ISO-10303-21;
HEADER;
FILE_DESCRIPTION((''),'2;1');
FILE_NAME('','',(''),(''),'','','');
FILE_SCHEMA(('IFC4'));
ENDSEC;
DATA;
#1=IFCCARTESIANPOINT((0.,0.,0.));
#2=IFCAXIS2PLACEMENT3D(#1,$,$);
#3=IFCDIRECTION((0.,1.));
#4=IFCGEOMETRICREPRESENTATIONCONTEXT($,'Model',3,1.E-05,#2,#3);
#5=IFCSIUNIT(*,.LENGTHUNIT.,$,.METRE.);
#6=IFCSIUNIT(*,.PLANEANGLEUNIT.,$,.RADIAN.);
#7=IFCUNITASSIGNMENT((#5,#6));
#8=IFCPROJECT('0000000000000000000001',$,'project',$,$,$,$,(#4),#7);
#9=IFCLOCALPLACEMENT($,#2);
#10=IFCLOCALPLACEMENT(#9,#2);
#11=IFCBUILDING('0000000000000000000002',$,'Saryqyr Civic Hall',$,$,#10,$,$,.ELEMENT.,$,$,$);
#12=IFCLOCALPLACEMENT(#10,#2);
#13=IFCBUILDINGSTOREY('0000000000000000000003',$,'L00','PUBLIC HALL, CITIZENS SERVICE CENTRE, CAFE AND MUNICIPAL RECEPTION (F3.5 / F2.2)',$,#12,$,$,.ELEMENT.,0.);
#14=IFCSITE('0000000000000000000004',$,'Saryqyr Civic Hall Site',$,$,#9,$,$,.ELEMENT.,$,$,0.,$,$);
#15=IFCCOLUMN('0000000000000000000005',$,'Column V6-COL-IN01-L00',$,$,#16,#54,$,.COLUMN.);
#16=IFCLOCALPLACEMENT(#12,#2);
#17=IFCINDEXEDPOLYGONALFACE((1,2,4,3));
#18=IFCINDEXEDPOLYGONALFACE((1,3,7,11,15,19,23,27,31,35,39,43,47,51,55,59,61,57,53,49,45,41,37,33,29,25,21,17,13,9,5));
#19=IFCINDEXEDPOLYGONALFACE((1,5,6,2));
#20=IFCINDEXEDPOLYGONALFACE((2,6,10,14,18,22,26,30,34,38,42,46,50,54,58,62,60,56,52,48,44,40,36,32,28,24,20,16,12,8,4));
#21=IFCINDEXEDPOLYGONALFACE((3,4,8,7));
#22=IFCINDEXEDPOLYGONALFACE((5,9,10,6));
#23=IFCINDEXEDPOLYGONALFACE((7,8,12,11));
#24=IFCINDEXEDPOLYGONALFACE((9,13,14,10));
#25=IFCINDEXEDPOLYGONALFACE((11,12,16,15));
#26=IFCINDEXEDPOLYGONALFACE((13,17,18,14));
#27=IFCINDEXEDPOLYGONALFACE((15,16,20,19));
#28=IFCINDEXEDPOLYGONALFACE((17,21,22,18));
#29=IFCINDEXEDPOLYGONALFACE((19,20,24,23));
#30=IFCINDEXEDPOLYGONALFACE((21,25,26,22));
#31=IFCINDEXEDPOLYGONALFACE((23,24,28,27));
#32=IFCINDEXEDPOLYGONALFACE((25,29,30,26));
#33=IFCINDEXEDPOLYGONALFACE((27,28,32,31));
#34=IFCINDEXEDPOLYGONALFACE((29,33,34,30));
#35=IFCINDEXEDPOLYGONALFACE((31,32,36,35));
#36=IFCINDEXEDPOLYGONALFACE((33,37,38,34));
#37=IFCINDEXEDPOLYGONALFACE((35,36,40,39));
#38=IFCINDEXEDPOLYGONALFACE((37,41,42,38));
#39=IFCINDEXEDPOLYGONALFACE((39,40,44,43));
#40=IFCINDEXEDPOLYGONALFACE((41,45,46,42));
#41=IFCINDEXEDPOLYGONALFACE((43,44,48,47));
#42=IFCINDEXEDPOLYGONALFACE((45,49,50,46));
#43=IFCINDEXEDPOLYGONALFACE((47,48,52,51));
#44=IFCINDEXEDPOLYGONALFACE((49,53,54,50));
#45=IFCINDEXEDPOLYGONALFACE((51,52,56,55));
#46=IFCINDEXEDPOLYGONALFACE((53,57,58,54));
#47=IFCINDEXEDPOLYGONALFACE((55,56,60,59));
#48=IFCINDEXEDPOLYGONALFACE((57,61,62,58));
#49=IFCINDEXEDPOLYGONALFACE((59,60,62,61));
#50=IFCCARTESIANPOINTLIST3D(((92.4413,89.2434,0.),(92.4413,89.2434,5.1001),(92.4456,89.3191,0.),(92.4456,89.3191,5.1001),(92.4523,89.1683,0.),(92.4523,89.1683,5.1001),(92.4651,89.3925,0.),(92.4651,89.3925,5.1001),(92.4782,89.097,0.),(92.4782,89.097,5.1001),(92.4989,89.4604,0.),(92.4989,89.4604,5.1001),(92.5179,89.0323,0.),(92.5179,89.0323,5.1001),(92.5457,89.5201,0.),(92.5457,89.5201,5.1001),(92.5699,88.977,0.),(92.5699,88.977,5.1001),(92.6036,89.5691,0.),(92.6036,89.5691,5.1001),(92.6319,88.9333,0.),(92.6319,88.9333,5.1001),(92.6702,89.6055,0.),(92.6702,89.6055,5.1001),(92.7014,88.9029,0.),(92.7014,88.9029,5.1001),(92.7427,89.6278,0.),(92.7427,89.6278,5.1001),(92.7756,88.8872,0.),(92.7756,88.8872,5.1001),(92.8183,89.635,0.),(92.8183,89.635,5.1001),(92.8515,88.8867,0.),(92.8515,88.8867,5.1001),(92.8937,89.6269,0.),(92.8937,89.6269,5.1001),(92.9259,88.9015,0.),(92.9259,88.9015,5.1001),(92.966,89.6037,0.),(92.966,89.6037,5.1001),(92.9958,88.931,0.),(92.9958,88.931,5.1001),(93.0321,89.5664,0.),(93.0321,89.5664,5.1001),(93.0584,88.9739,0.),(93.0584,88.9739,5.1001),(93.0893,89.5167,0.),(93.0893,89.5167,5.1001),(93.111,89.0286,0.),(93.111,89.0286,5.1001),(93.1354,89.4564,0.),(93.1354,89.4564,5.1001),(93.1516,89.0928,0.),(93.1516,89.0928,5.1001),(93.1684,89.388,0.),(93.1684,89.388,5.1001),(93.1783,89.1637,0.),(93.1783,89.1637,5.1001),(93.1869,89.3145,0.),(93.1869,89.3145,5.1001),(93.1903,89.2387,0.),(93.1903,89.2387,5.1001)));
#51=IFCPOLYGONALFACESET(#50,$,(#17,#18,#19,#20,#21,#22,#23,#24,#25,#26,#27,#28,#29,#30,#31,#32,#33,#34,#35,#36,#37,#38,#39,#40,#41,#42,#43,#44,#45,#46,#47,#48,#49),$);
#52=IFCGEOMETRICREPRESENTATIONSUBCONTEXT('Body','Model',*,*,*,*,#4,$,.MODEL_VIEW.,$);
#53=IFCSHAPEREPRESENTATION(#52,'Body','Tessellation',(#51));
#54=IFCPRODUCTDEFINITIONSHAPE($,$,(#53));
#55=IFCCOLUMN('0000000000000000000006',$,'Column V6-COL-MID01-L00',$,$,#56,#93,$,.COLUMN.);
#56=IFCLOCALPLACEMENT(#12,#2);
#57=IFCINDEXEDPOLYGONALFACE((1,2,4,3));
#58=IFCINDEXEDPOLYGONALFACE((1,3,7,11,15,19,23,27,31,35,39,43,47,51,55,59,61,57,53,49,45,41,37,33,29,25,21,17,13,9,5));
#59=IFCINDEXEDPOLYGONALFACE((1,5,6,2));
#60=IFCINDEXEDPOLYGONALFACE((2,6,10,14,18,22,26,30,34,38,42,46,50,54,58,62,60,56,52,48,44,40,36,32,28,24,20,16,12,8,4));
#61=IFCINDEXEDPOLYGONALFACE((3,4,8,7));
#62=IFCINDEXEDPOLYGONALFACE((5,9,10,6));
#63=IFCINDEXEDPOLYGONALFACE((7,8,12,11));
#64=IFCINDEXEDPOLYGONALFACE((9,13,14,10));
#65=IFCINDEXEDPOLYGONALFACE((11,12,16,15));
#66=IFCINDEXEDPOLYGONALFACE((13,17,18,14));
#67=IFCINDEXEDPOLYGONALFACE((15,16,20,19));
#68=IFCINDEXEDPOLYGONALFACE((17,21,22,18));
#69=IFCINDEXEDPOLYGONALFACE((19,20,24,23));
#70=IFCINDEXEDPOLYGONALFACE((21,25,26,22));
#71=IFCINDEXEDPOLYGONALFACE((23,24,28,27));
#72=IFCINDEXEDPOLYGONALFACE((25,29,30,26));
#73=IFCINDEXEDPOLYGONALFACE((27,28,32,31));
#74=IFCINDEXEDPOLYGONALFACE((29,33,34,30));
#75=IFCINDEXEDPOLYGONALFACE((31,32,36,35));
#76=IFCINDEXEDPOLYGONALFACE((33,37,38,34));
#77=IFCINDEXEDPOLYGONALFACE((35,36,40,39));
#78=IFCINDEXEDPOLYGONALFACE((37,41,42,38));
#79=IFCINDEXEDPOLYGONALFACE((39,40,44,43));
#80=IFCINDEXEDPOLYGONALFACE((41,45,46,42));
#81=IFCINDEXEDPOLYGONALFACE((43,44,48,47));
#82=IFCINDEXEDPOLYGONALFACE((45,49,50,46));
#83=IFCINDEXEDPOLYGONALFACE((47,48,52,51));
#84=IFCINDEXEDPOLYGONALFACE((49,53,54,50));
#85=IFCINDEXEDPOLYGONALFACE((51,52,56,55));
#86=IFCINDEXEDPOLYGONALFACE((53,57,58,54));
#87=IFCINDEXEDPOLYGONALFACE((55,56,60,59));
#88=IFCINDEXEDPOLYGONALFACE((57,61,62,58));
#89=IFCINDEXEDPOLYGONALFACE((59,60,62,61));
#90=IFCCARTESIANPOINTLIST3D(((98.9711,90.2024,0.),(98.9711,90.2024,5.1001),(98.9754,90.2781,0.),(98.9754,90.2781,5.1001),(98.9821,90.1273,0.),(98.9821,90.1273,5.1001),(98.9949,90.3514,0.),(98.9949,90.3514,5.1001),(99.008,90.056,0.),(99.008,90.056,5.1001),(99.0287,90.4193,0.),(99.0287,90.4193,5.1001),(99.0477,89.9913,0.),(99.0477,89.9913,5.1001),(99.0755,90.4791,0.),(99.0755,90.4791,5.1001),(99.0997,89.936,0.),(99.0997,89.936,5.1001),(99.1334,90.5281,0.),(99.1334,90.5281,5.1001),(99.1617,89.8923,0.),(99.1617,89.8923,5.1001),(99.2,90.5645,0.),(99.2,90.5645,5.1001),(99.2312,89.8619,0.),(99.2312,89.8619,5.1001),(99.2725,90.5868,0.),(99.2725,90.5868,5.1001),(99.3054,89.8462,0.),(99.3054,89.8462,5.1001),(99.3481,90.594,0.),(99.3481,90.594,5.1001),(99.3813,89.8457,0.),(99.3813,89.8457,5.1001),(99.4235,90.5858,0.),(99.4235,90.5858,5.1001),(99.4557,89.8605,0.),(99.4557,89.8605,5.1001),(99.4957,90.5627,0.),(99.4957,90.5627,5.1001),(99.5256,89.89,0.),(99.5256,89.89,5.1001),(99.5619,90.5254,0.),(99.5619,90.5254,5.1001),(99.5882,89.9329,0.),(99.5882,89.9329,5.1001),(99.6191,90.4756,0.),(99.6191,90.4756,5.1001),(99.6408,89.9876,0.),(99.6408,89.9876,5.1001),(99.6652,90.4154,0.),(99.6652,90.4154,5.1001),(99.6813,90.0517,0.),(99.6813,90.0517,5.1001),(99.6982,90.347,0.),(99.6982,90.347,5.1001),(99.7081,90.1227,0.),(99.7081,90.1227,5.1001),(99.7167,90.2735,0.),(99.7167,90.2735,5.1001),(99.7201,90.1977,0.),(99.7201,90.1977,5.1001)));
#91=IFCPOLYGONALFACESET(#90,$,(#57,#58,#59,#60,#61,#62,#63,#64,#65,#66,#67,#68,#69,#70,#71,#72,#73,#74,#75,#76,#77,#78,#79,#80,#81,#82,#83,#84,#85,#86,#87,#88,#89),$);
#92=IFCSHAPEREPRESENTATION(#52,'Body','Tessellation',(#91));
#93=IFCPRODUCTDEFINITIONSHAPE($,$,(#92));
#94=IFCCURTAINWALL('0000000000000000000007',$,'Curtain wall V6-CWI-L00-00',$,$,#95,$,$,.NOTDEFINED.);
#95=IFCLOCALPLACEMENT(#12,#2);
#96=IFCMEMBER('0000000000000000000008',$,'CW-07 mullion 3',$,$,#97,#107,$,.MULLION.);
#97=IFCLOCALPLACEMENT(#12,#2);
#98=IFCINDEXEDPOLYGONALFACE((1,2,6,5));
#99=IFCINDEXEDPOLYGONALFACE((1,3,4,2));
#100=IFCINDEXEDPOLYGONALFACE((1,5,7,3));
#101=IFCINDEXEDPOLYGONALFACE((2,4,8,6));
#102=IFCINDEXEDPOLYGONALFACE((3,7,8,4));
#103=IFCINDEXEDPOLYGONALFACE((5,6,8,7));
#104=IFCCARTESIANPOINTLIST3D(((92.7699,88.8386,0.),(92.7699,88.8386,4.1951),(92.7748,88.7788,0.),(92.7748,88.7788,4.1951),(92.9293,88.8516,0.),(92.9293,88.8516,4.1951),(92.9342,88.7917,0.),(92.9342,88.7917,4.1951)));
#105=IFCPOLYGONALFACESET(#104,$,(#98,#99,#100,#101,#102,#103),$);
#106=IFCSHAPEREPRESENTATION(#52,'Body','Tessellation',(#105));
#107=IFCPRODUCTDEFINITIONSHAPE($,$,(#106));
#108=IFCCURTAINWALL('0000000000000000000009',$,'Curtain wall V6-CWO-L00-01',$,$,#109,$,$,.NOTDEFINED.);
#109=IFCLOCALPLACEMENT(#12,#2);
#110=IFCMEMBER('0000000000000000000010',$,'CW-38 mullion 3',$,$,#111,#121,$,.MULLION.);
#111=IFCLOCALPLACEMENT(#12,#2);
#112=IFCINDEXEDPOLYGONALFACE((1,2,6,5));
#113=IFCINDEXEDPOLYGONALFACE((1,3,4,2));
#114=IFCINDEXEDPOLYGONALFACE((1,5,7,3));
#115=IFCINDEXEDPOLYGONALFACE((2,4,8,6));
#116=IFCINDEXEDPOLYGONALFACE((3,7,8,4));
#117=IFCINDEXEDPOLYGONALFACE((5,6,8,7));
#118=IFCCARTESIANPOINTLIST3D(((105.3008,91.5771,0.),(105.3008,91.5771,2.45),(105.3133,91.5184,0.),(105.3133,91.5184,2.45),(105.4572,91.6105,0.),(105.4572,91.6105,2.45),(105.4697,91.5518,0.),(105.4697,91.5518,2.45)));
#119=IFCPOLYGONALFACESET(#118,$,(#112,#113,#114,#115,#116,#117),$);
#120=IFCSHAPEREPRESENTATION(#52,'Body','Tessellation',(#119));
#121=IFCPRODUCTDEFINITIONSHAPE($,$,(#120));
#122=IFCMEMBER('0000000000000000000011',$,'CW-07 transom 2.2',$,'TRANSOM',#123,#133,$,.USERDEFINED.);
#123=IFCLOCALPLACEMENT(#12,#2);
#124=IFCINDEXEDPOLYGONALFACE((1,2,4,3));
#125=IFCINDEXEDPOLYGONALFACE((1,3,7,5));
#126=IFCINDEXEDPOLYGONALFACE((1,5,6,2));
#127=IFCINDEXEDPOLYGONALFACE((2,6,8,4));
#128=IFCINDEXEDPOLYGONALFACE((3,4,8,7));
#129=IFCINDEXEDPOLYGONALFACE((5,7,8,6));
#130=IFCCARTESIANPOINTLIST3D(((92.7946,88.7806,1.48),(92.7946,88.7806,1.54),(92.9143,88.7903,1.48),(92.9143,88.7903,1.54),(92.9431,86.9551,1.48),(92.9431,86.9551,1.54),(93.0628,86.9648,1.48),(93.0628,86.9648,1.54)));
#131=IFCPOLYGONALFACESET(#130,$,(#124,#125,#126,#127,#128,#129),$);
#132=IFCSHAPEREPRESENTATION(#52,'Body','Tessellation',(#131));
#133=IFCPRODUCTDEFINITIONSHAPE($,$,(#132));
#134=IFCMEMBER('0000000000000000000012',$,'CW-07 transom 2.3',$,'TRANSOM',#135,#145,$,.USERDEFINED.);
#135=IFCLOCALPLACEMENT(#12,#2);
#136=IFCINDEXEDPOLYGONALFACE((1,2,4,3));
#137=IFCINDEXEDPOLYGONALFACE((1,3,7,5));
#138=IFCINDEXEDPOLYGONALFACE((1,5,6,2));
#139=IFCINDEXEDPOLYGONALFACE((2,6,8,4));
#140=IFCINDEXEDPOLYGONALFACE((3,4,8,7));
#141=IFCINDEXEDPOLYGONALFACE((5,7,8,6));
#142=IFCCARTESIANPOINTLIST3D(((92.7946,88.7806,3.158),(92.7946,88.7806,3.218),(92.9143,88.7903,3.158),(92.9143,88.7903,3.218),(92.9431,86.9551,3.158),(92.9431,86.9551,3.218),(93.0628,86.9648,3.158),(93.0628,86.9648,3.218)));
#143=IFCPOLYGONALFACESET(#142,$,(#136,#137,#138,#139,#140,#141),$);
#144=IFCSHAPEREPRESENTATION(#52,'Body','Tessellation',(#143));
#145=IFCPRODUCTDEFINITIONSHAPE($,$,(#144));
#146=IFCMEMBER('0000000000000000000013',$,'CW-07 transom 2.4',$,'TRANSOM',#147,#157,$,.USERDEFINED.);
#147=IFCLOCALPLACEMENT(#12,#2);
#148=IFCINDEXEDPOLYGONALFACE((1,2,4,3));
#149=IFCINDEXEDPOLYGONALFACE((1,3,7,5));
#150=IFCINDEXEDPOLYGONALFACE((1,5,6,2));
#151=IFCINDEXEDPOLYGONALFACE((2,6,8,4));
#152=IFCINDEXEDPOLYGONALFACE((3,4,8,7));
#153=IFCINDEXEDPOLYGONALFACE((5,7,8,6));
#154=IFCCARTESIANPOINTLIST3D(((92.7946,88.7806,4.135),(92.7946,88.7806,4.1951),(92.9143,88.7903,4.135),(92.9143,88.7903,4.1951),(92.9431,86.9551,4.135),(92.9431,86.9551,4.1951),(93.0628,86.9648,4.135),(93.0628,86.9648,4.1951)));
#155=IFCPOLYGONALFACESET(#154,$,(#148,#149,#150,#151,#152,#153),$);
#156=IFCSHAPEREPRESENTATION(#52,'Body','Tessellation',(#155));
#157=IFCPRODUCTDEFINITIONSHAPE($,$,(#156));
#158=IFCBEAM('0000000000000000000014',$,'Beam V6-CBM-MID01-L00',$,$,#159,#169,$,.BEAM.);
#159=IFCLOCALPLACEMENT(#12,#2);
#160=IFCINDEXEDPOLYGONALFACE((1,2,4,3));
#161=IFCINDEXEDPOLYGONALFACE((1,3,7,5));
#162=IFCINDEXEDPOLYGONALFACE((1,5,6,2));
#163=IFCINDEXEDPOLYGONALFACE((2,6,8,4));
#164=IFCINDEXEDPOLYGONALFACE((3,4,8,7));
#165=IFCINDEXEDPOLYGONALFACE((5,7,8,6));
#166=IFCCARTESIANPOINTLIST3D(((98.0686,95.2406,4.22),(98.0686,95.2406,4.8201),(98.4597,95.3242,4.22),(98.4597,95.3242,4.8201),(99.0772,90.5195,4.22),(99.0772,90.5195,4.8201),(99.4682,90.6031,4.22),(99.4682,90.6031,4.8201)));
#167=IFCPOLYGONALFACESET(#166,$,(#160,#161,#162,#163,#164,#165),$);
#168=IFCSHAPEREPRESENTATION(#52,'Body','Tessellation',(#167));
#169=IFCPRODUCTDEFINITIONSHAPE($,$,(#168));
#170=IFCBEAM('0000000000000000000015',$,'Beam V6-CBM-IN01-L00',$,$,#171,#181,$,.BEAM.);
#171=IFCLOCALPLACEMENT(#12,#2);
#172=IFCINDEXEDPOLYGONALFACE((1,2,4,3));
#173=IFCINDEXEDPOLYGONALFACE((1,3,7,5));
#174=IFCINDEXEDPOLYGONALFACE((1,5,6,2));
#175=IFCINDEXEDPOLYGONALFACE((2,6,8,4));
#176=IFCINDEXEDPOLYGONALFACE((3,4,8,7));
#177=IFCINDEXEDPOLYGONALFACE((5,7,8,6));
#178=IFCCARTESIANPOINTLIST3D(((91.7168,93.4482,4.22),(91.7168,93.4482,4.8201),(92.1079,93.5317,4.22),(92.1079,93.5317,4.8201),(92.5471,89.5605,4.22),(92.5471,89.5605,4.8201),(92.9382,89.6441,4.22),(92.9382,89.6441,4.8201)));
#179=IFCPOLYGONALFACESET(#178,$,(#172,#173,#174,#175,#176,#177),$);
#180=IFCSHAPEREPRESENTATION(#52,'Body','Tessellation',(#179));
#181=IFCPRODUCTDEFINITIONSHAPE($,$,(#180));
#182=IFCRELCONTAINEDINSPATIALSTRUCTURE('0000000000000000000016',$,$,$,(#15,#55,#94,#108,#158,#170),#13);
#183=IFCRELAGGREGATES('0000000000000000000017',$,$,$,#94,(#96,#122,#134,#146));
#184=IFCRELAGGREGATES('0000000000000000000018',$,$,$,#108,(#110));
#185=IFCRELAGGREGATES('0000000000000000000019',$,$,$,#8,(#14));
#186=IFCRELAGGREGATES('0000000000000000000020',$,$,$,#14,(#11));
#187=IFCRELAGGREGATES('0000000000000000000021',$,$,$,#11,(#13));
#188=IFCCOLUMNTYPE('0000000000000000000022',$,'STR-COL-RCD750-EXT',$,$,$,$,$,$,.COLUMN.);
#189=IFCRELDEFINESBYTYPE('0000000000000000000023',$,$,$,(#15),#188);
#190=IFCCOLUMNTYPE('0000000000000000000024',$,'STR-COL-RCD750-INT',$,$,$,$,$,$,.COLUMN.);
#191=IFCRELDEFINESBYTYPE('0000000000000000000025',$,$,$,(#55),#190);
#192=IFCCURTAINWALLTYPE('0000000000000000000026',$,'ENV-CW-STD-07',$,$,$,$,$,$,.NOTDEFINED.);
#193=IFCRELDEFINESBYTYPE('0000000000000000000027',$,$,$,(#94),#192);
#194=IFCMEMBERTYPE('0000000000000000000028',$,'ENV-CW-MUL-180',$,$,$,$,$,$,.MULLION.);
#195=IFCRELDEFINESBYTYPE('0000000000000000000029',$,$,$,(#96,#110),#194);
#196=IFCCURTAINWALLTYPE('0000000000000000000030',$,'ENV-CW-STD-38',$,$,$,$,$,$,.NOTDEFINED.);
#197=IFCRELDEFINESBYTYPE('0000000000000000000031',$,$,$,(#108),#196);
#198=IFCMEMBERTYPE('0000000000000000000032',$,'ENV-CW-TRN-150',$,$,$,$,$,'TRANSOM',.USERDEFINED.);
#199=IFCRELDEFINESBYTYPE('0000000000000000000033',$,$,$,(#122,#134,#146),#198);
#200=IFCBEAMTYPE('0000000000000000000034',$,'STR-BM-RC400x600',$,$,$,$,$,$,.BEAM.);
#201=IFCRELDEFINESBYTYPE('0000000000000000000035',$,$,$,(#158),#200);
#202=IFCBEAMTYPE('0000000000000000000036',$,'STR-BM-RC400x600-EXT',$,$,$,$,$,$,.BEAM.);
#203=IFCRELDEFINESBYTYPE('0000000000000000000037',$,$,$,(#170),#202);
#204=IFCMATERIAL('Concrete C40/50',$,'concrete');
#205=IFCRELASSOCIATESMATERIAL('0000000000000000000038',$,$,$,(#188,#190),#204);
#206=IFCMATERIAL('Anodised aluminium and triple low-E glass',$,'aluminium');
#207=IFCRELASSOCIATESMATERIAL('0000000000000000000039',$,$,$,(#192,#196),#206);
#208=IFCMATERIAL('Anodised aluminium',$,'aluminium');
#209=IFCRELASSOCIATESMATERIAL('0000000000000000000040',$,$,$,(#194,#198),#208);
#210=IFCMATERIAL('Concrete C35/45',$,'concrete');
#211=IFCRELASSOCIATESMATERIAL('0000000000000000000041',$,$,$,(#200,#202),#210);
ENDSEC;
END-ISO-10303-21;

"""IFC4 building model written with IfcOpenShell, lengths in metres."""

from ifc_helpers import new_model, si_unit, direction, frame, origin, origin_2d, place, context, subcontext, project, spatial, rectangle, circle, extrude, material, material_profile, profile_set, type_object, element, aggregate, save


model = new_model("IFC4")

# Units and contexts
model_context = context("Model", 3, precision=1e-05, world=origin(), true_north=direction((0.0, 1.0)))
body_context = subcontext(model_context, "Body", "Model", "MODEL_VIEW")
ifc_project = project(units=[si_unit("LENGTHUNIT", "METRE"), si_unit("PLANEANGLEUNIT", "RADIAN")], contexts=[model_context])

# Site, building, storey
site_placement = place(None, origin())
site = spatial("IfcSite", under=ifc_project, at=site_placement, Name="Saryqyr Civic Hall Site", CompositionType="ELEMENT", RefElevation=0.0)
building_placement = place(site_placement, origin())
building = spatial("IfcBuilding", under=site, at=building_placement, Name="Saryqyr Civic Hall", CompositionType="ELEMENT")
storey_placement = place(building_placement, origin())
storey = spatial("IfcBuildingStorey", under=building, at=storey_placement, Name="L00", Description="PUBLIC HALL, CITIZENS SERVICE CENTRE, CAFE AND MUNICIPAL RECEPTION (F3.5 / F2.2)", CompositionType="ELEMENT", Elevation=0.0)

# Columns
ifc_material_1 = material(Name="Concrete C40/50", Category="concrete")
ifc_material_profile_1 = material_profile(ifc_material_1, circle(Radius=0.375, at=origin_2d()), Name="RC D750")
ifc_profile_set_1 = profile_set([ifc_material_profile_1], Name="Concrete C40/50")
column_type_1 = type_object("IfcColumnType", Name="STR-COL-RCD750-EXT", PredefinedType="COLUMN", material=ifc_profile_set_1)
column_1_placement = place(storey_placement, frame((92.8159, 89.26, 0.0), z_axis=(0.0, 0.0, 1.0), x_axis=(0.989399, 0.14522, 0.0)))
element("IfcColumn", 1, at=column_1_placement, inside=storey, type_object=column_type_1, Name="Column V6-COL-IN01-L00", PredefinedType="COLUMN", context=body_context, shape_type="SweptSolid", body=[
    extrude(circle(Radius=0.375, at=origin_2d()), origin(), (0.0, 0.0, 1.0), 5.1001),
])
ifc_material_profile_2 = material_profile(ifc_material_1, circle(Radius=0.375, at=origin_2d()), Name="RC D750")
ifc_profile_set_2 = profile_set([ifc_material_profile_2], Name="Concrete C40/50")
column_type_2 = type_object("IfcColumnType", Name="STR-COL-RCD750-INT", PredefinedType="COLUMN", material=ifc_profile_set_2)
column_2_placement = place(storey_placement, frame((99.3457, 90.219, 0.0), z_axis=(0.0, 0.0, 1.0), x_axis=(0.989399, 0.14522, 0.0)))
element("IfcColumn", 2, at=column_2_placement, inside=storey, type_object=column_type_2, Name="Column V6-COL-MID01-L00", PredefinedType="COLUMN", context=body_context, shape_type="SweptSolid", body=[
    extrude(circle(Radius=0.375, at=origin_2d()), origin(), (0.0, 0.0, 1.0), 5.1001),
])

# Curtain walls, members
ifc_material_2 = material(Name="Anodised aluminium and triple low-E glass", Category="aluminium")
curtain_wall_type_1 = type_object("IfcCurtainWallType", Name="ENV-CW-STD-07", PredefinedType="NOTDEFINED", material=ifc_material_2)
curtain_wall_1_placement = place(storey_placement, origin())
curtain_wall_1 = element("IfcCurtainWall", 3, at=curtain_wall_1_placement, inside=storey, type_object=curtain_wall_type_1, Name="Curtain wall V6-CWI-L00-00", PredefinedType="NOTDEFINED")
ifc_material_3 = material(Name="Anodised aluminium", Category="aluminium")
ifc_material_profile_3 = material_profile(ifc_material_3, rectangle(XDim=0.0601, YDim=0.1599, at=origin_2d()), Name="ALU MULLION 60x160")
ifc_profile_set_3 = profile_set([ifc_material_profile_3], Name="Anodised aluminium")
member_type_1 = type_object("IfcMemberType", Name="ENV-CW-MUL-180", PredefinedType="MULLION", material=ifc_profile_set_3)
member_1_placement = place(storey_placement, frame((92.8521, 88.8152, 0.0), z_axis=(0.0, 0.0, 1.0), x_axis=(-0.081092, 0.996707, 0.0)))
member_1 = element("IfcMember", 4, at=member_1_placement, type_object=member_type_1, Name="CW-07 mullion 3", PredefinedType="MULLION", context=body_context, shape_type="SweptSolid", body=[
    extrude(rectangle(XDim=0.0601, YDim=0.1599, at=origin_2d()), origin(), (0.0, 0.0, 1.0), 4.1951),
])
curtain_wall_type_2 = type_object("IfcCurtainWallType", Name="ENV-CW-STD-38", PredefinedType="NOTDEFINED", material=ifc_material_2)
curtain_wall_2_placement = place(storey_placement, origin())
curtain_wall_2 = element("IfcCurtainWall", 5, at=curtain_wall_2_placement, inside=storey, type_object=curtain_wall_type_2, Name="Curtain wall V6-CWO-L00-01", PredefinedType="NOTDEFINED")
member_2_placement = place(storey_placement, frame((105.3853, 91.5645, 0.0), z_axis=(0.0, 0.0, 1.0), x_axis=(0.208916, -0.977934, 0.0)))
member_2 = element("IfcMember", 6, at=member_2_placement, type_object=member_type_1, Name="CW-38 mullion 3", PredefinedType="MULLION", context=body_context, shape_type="SweptSolid", body=[
    extrude(rectangle(XDim=0.0601, YDim=0.1599, at=origin_2d()), origin(), (0.0, 0.0, 1.0), 2.45),
])

# Members
ifc_material_profile_4 = material_profile(ifc_material_3, rectangle(XDim=0.1201, YDim=0.0601, at=origin_2d()), Name="ALU TRANSOM 120x60")
ifc_profile_set_4 = profile_set([ifc_material_profile_4], Name="Anodised aluminium")
member_type_2 = type_object("IfcMemberType", Name="ENV-CW-TRN-150", ElementType="TRANSOM", PredefinedType="USERDEFINED", material=ifc_profile_set_4)
member_3_placement = place(storey_placement, frame((93.0029, 86.96, 1.51), z_axis=(-0.081049, 0.99671, 0.0), x_axis=(-0.99671, -0.081049, 0.0)))
member_3 = element("IfcMember", 7, at=member_3_placement, type_object=member_type_2, Name="CW-07 transom 2.2", ObjectType="TRANSOM", PredefinedType="USERDEFINED", context=body_context, shape_type="SweptSolid", body=[
    extrude(rectangle(XDim=0.1201, YDim=0.0601, at=origin_2d()), origin(), (0.0, 0.0, 1.0), 1.8315),
])
member_4_placement = place(storey_placement, frame((93.0029, 86.96, 3.188), z_axis=(-0.081049, 0.99671, 0.0), x_axis=(-0.99671, -0.081049, 0.0)))
member_4 = element("IfcMember", 8, at=member_4_placement, type_object=member_type_2, Name="CW-07 transom 2.3", ObjectType="TRANSOM", PredefinedType="USERDEFINED", context=body_context, shape_type="SweptSolid", body=[
    extrude(rectangle(XDim=0.1201, YDim=0.0601, at=origin_2d()), origin(), (0.0, 0.0, 1.0), 1.8315),
])
member_5_placement = place(storey_placement, frame((93.0029, 86.96, 4.165), z_axis=(-0.081049, 0.99671, 0.0), x_axis=(-0.99671, -0.081049, 0.0)))
member_5 = element("IfcMember", 9, at=member_5_placement, type_object=member_type_2, Name="CW-07 transom 2.4", ObjectType="TRANSOM", PredefinedType="USERDEFINED", context=body_context, shape_type="SweptSolid", body=[
    extrude(rectangle(XDim=0.1201, YDim=0.0601, at=origin_2d()), origin(), (0.0, 0.0, 1.0), 1.8315),
])

# Beams
ifc_material_4 = material(Name="Concrete C35/45", Category="concrete")
ifc_material_profile_5 = material_profile(ifc_material_4, rectangle(XDim=0.3999, YDim=0.6001, at=origin_2d()), Name="RC 400x600")
ifc_profile_set_5 = profile_set([ifc_material_profile_5], Name="Concrete C35/45")
beam_type_1 = type_object("IfcBeamType", Name="STR-BM-RC400x600", PredefinedType="BEAM", material=ifc_profile_set_5)
beam_1_placement = place(storey_placement, frame((99.2727, 90.5613, 4.52), z_axis=(-0.208907, 0.977935, 0.0), x_axis=(-0.977935, -0.208907, 0.0)))
element("IfcBeam", 10, at=beam_1_placement, inside=storey, type_object=beam_type_1, Name="Beam V6-CBM-MID01-L00", PredefinedType="BEAM", context=body_context, shape_type="SweptSolid", body=[
    extrude(rectangle(XDim=0.3999, YDim=0.6001, at=origin_2d()), origin(), (0.0, 0.0, 1.0), 4.8276),
])
ifc_material_profile_6 = material_profile(ifc_material_4, rectangle(XDim=0.3999, YDim=0.6001, at=origin_2d()), Name="RC 400x600")
ifc_profile_set_6 = profile_set([ifc_material_profile_6], Name="Concrete C35/45")
beam_type_2 = type_object("IfcBeamType", Name="STR-BM-RC400x600-EXT", PredefinedType="BEAM", material=ifc_profile_set_6)
beam_2_placement = place(storey_placement, frame((92.7427, 89.6023, 4.52), z_axis=(-0.208866, 0.977944, 0.0), x_axis=(-0.977944, -0.208866, 0.0)))
element("IfcBeam", 11, at=beam_2_placement, inside=storey, type_object=beam_type_2, Name="Beam V6-CBM-IN01-L00", PredefinedType="BEAM", context=body_context, shape_type="SweptSolid", body=[
    extrude(rectangle(XDim=0.3999, YDim=0.6001, at=origin_2d()), origin(), (0.0, 0.0, 1.0), 3.9753),
])

aggregate(curtain_wall_1, [member_1, member_3, member_4, member_5])
aggregate(curtain_wall_2, [member_2])

save(model, "model.ifc")
